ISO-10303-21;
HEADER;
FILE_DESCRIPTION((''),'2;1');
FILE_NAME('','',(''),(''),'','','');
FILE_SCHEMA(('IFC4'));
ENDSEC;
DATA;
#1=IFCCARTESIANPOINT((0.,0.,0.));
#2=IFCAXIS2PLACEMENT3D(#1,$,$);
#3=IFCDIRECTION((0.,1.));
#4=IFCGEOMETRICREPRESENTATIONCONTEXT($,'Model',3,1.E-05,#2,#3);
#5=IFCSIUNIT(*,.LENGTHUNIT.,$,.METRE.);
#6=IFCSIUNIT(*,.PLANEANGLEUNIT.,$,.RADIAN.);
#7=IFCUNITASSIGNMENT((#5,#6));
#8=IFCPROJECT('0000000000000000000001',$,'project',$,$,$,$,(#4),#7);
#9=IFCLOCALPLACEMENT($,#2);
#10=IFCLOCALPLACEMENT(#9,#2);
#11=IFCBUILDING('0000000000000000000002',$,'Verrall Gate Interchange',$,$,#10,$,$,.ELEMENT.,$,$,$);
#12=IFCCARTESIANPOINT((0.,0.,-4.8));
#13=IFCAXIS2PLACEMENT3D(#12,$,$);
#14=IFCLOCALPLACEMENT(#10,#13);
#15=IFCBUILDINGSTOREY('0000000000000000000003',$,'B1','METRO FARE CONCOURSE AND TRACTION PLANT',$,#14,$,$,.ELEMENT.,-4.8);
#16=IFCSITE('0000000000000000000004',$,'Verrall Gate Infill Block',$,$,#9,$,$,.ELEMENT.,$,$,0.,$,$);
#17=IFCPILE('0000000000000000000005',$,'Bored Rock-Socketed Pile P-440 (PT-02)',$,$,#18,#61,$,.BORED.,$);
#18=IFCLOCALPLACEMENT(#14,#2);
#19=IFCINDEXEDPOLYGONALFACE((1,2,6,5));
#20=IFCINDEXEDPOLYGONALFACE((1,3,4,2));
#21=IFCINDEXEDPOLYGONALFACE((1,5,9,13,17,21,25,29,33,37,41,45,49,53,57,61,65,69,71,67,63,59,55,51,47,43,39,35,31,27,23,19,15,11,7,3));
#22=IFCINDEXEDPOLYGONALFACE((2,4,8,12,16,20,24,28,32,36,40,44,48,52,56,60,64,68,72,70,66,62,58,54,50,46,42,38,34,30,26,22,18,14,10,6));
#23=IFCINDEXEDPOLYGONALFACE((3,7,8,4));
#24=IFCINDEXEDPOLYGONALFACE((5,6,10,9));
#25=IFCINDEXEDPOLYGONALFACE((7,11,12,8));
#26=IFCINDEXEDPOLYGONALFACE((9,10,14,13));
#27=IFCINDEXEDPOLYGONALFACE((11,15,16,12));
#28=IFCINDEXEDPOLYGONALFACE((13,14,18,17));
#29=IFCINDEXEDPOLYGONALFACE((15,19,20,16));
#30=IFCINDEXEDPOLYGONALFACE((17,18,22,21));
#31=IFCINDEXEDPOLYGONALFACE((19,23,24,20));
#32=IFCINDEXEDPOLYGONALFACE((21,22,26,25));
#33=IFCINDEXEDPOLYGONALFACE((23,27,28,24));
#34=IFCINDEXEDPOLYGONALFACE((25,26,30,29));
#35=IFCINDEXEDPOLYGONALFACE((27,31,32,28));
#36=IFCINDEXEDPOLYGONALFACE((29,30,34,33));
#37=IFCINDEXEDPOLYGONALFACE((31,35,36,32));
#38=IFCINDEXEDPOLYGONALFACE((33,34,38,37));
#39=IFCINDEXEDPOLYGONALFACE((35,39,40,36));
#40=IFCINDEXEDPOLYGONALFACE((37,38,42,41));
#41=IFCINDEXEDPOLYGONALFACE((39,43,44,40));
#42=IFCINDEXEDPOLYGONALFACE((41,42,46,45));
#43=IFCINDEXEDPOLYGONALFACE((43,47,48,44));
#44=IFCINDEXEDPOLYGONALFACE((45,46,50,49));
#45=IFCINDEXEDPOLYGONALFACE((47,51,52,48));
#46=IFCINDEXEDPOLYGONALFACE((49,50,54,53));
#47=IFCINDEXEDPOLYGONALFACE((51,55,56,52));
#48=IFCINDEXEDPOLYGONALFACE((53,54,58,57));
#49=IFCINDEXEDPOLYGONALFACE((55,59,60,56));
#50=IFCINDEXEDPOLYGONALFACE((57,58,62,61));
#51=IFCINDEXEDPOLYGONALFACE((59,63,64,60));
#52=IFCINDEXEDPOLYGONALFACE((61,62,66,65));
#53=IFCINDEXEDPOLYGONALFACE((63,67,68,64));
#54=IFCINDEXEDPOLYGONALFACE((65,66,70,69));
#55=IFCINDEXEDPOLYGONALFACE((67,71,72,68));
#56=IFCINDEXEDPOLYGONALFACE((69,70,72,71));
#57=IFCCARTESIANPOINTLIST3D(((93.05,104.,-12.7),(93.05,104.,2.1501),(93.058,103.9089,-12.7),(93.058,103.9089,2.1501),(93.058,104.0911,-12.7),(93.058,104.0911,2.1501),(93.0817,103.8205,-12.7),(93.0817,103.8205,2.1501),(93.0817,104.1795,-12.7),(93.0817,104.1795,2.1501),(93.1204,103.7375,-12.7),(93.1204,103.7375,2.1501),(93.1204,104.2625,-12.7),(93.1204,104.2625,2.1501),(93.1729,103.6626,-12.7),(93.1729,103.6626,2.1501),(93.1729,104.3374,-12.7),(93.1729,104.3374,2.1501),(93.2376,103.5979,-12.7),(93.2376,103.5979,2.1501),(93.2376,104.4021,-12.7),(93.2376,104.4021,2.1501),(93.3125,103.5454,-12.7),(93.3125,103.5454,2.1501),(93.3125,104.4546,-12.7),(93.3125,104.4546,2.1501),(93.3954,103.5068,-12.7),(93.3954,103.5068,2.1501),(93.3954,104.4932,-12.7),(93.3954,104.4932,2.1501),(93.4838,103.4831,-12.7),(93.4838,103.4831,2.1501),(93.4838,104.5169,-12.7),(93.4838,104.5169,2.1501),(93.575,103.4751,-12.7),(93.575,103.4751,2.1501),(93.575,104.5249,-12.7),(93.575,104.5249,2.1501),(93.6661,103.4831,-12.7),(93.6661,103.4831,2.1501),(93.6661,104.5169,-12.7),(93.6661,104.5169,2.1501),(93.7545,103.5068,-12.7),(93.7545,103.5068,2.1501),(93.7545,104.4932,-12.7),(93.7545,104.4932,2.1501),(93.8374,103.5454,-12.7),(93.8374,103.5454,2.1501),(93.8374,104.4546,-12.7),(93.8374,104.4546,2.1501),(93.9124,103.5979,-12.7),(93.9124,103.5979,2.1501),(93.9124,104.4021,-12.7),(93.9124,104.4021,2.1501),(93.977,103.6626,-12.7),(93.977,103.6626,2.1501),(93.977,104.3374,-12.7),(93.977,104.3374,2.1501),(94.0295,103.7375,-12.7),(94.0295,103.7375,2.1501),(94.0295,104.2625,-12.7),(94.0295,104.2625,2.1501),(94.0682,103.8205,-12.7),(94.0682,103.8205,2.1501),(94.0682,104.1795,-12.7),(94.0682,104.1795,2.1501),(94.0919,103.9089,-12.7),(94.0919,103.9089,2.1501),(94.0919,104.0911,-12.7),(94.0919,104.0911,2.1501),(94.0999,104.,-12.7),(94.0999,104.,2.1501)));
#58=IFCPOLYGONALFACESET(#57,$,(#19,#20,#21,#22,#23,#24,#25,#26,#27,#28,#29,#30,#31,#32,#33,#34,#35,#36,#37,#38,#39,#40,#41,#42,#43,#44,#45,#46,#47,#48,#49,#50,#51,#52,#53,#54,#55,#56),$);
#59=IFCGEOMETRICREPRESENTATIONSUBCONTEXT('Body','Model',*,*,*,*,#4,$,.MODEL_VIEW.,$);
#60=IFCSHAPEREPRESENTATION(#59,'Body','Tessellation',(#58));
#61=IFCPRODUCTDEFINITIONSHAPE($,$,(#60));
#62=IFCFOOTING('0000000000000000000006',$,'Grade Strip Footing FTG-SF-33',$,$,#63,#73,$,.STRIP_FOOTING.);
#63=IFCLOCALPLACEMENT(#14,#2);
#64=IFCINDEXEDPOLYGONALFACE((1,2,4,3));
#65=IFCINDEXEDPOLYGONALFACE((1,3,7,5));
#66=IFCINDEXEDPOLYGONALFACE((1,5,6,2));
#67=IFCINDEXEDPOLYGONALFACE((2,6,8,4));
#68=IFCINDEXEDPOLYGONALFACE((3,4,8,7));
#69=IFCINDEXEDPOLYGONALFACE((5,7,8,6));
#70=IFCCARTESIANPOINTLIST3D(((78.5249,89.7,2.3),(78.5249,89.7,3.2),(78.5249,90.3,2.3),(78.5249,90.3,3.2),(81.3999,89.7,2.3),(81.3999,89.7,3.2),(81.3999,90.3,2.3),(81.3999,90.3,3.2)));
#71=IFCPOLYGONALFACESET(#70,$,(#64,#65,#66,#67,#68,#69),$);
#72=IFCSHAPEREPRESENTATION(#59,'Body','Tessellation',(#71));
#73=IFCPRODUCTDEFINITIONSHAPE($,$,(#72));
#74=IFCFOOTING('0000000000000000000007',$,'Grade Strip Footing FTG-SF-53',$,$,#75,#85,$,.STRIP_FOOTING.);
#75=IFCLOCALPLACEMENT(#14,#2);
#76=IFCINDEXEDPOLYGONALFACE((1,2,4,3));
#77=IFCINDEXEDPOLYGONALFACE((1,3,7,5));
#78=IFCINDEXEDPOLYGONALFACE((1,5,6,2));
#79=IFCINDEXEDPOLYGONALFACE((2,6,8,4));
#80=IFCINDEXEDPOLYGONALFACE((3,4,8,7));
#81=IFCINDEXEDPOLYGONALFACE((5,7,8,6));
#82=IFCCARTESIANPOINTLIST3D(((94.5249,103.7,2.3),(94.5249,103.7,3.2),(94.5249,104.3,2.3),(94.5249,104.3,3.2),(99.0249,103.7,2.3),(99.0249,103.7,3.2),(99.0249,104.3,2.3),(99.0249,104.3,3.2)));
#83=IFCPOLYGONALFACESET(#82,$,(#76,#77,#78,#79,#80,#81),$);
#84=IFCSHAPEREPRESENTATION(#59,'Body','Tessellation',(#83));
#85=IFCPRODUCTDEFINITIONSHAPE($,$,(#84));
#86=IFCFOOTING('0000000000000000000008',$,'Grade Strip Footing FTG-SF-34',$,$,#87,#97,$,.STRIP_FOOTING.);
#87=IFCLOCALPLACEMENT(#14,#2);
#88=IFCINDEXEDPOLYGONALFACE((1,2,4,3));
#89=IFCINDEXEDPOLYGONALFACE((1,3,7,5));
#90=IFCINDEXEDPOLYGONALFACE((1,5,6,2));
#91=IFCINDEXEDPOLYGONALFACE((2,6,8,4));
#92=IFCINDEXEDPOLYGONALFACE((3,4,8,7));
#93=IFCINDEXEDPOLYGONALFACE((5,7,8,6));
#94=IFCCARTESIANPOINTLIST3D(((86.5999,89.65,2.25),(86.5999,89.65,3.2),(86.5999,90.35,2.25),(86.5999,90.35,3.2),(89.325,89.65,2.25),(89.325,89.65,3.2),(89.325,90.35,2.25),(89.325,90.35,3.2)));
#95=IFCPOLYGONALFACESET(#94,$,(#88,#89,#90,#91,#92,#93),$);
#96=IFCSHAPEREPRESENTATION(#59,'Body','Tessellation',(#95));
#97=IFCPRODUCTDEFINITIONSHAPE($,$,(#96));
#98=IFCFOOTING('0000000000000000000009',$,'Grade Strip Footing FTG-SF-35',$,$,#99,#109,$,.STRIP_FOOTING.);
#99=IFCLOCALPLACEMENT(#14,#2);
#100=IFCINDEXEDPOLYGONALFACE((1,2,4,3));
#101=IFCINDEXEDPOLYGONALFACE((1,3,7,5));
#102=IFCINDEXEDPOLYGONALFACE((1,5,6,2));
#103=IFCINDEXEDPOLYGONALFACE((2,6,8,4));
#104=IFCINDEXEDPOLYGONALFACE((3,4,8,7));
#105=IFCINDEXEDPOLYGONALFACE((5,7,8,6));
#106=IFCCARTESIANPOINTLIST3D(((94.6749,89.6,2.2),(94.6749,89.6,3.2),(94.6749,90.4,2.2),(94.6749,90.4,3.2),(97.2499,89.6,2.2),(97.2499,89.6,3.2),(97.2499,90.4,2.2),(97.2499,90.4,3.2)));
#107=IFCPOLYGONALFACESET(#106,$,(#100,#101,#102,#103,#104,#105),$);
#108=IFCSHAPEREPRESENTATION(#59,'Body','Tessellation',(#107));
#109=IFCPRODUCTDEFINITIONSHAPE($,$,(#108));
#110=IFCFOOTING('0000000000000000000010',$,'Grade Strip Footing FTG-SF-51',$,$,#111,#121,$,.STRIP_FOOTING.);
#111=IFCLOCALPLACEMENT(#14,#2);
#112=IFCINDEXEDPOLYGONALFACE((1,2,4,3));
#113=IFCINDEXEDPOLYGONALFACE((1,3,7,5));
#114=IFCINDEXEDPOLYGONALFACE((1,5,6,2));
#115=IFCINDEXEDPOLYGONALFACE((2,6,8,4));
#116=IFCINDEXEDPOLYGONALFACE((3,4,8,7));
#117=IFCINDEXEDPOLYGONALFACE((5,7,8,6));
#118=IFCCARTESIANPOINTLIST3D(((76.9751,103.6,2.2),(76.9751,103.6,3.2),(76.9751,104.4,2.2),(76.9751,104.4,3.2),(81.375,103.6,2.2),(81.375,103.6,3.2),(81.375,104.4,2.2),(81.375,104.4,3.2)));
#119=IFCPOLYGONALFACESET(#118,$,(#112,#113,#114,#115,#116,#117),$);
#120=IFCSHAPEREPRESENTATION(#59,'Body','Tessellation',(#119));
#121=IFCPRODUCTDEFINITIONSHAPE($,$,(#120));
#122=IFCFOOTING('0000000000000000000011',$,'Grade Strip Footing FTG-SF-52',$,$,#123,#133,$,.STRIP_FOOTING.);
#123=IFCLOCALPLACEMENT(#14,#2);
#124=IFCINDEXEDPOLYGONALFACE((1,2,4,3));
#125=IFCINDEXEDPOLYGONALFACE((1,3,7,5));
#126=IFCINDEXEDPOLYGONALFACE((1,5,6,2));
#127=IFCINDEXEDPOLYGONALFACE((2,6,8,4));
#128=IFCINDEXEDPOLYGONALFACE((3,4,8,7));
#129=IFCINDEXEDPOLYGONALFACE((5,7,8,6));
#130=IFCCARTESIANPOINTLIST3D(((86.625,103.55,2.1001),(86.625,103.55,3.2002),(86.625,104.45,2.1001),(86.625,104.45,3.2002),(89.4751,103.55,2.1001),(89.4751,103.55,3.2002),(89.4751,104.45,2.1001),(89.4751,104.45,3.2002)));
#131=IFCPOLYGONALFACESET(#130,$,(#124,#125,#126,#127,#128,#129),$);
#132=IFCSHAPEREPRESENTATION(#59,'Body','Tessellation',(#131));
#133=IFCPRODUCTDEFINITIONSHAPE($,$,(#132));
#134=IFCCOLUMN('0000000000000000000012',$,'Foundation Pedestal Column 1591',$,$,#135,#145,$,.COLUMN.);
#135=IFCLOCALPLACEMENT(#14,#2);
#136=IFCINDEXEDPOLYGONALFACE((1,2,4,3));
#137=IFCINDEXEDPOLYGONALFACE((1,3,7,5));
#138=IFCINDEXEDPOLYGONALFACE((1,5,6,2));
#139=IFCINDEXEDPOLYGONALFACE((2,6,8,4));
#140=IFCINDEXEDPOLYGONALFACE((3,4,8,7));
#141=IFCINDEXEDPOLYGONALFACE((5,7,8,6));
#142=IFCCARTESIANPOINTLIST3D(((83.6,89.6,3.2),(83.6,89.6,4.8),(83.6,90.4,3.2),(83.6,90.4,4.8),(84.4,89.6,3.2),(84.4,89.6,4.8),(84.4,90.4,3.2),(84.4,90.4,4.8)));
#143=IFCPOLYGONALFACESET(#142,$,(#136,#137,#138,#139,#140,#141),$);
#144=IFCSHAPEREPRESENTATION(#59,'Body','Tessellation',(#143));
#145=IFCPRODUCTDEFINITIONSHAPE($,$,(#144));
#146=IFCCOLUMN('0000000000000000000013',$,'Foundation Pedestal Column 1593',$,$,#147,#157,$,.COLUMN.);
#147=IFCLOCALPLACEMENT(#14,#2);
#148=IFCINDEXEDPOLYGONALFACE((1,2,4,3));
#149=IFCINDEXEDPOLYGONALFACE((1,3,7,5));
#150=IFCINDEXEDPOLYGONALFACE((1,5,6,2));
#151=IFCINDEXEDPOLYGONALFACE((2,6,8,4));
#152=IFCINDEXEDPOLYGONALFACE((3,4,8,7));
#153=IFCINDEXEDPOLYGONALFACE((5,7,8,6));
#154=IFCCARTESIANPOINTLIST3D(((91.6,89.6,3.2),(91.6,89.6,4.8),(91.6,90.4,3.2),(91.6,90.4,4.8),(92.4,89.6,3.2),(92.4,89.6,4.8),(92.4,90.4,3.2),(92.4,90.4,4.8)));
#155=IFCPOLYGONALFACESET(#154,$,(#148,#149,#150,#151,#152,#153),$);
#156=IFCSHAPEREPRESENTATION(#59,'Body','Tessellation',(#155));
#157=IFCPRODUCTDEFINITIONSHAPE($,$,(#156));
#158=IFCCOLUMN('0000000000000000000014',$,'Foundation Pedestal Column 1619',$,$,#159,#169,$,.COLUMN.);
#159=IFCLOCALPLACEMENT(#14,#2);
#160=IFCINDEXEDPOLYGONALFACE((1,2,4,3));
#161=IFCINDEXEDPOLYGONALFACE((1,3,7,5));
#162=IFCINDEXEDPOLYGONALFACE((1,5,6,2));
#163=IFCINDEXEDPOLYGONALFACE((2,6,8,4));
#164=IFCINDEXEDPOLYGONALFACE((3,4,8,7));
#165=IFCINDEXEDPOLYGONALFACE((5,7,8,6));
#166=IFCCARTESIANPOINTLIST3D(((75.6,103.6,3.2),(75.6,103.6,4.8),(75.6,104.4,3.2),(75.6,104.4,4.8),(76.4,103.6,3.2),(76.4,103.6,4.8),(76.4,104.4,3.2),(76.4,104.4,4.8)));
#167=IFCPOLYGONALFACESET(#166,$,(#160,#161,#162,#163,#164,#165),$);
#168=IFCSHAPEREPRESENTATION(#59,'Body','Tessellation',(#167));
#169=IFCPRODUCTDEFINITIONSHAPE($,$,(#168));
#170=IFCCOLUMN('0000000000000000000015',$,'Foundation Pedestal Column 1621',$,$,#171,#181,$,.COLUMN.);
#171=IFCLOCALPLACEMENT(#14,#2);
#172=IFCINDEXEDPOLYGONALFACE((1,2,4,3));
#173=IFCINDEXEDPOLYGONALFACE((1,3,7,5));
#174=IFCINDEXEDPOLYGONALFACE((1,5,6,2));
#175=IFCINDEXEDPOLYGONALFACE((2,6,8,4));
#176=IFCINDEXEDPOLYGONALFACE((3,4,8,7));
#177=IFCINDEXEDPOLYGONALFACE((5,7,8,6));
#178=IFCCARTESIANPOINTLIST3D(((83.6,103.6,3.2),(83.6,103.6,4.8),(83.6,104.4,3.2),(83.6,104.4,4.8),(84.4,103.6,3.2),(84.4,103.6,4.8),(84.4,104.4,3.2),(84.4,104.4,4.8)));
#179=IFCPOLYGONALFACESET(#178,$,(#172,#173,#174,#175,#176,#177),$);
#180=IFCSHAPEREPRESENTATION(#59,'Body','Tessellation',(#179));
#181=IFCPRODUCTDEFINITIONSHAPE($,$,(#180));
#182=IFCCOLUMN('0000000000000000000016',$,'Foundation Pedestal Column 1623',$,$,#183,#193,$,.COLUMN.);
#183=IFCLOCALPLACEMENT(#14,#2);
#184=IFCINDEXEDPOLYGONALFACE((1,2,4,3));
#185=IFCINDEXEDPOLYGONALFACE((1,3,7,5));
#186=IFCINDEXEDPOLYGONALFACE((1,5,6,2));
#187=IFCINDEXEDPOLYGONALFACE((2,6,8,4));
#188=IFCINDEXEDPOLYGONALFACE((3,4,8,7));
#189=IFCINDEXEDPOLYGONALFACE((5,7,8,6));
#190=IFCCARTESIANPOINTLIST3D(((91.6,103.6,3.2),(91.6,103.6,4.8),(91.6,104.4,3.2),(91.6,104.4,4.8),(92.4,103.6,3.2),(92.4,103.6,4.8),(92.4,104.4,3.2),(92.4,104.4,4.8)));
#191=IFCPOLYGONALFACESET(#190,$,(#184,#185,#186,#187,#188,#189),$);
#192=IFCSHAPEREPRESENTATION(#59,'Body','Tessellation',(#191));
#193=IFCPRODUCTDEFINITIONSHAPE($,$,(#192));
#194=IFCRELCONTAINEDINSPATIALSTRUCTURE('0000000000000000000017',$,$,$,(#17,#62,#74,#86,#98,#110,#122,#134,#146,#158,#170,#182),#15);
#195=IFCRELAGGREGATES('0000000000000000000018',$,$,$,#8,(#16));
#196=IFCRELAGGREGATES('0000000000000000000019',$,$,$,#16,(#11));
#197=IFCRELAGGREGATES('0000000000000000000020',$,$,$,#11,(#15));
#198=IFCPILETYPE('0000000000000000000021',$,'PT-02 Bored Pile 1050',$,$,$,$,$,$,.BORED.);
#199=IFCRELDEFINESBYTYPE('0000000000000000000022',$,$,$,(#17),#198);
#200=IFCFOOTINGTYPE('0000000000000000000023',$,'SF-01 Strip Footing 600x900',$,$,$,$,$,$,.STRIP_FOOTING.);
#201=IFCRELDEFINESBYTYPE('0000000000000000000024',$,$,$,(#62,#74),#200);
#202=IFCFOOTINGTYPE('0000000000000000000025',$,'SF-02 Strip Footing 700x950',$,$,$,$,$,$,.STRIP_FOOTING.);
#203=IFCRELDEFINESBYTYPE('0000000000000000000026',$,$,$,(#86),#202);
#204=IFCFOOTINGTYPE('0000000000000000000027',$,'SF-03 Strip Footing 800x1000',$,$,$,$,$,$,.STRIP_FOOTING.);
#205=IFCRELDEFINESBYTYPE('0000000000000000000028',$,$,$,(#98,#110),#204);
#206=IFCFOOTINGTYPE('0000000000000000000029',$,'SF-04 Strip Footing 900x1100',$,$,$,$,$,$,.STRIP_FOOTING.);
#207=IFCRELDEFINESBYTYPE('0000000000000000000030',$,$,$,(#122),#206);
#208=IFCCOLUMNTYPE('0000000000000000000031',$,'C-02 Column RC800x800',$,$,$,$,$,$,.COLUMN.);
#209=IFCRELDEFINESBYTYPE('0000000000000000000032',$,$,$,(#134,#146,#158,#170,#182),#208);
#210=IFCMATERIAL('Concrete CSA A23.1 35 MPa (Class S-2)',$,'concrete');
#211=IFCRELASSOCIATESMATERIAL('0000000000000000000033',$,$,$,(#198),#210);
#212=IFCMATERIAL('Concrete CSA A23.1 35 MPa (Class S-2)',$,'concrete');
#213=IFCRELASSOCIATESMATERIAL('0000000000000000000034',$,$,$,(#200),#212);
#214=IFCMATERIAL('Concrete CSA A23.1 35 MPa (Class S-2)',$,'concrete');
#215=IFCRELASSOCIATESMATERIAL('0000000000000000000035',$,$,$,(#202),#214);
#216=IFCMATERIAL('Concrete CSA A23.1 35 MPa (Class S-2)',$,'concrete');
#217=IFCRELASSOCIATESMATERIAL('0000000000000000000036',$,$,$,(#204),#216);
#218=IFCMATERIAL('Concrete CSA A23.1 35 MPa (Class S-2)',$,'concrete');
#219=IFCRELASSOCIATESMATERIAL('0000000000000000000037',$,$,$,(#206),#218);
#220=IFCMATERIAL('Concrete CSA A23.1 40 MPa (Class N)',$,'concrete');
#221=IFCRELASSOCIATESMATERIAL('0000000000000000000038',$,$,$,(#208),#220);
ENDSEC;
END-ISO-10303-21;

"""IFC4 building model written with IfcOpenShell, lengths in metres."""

from ifc_helpers import new_model, si_unit, direction, frame, origin, origin_2d, place, context, subcontext, project, spatial, rectangle, circle, extrude, material, material_profile, profile_set, type_object, element, save


model = new_model("IFC4")

# Units and contexts
model_context = context("Model", 3, precision=1e-05, world=origin(), true_north=direction((0.0, 1.0)))
body_context = subcontext(model_context, "Body", "Model", "MODEL_VIEW")
ifc_project = project(units=[si_unit("LENGTHUNIT", "METRE"), si_unit("PLANEANGLEUNIT", "RADIAN")], contexts=[model_context])

# Site, building, storey
site_placement = place(None, origin())
site = spatial("IfcSite", under=ifc_project, at=site_placement, Name="Verrall Gate Infill Block", CompositionType="ELEMENT", RefElevation=0.0)
building_placement = place(site_placement, origin())
building = spatial("IfcBuilding", under=site, at=building_placement, Name="Verrall Gate Interchange", CompositionType="ELEMENT")
storey_placement = place(building_placement, frame((0.0, 0.0, -4.8)))
storey = spatial("IfcBuildingStorey", under=building, at=storey_placement, Name="B1", Description="METRO FARE CONCOURSE AND TRACTION PLANT", CompositionType="ELEMENT", Elevation=-4.8)

# Pile
ifc_material_1 = material(Name="Concrete CSA A23.1 35 MPa (Class S-2)", Category="concrete")
ifc_material_profile_1 = material_profile(ifc_material_1, circle(Radius=0.5249, at=origin_2d()), Name="PILE1050D")
ifc_profile_set_1 = profile_set([ifc_material_profile_1], Name="Concrete CSA A23.1 35 MPa (Class S-2)")
pile_type = type_object("IfcPileType", Name="PT-02 Bored Pile 1050", PredefinedType="BORED", material=ifc_profile_set_1)
for number, where, z_axis, x_axis, name in (
    (1, (93.575, 104.0, 2.1501), (0.0, 0.0, -1.0), (1.0, 0.0, 0.0), "Bored Rock-Socketed Pile P-440 (PT-02)"),
):
    element("IfcPile", number, at=place(storey_placement, frame(where, z_axis=z_axis, x_axis=x_axis)), inside=storey, type_object=pile_type, Name=name, PredefinedType="BORED", context=body_context, shape_type="SweptSolid", body=[
        extrude(circle(Radius=0.5249, at=origin_2d()), origin(), (0.0, 0.0, 1.0), 14.8501),
    ])

# Footings
ifc_material_2 = material(Name="Concrete CSA A23.1 35 MPa (Class S-2)", Category="concrete")
footing_type_1 = type_object("IfcFootingType", Name="SF-01 Strip Footing 600x900", PredefinedType="STRIP_FOOTING", material=ifc_material_2)
footing_1_placement = place(storey_placement, frame((79.9624, 90.0, 2.3), z_axis=(0.0, 0.0, 1.0), x_axis=(1.0, 0.0, 0.0)))
element("IfcFooting", 2, at=footing_1_placement, inside=storey, type_object=footing_type_1, Name="Grade Strip Footing FTG-SF-33", PredefinedType="STRIP_FOOTING", context=body_context, shape_type="SweptSolid", body=[
    extrude(rectangle(XDim=2.875, YDim=0.6001, at=origin_2d()), origin(), (0.0, 0.0, 1.0), 0.8999),
])
footing_2_placement = place(storey_placement, frame((96.7749, 104.0, 2.3), z_axis=(0.0, 0.0, 1.0), x_axis=(1.0, 0.0, 0.0)))
element("IfcFooting", 3, at=footing_2_placement, inside=storey, type_object=footing_type_1, Name="Grade Strip Footing FTG-SF-53", PredefinedType="STRIP_FOOTING", context=body_context, shape_type="SweptSolid", body=[
    extrude(rectangle(XDim=4.5, YDim=0.6001, at=origin_2d()), origin(), (0.0, 0.0, 1.0), 0.8999),
])
ifc_material_3 = material(Name="Concrete CSA A23.1 35 MPa (Class S-2)", Category="concrete")
footing_type_2 = type_object("IfcFootingType", Name="SF-02 Strip Footing 700x950", PredefinedType="STRIP_FOOTING", material=ifc_material_3)
footing_3_placement = place(storey_placement, frame((87.9624, 90.0, 2.25), z_axis=(0.0, 0.0, 1.0), x_axis=(1.0, 0.0, 0.0)))
element("IfcFooting", 4, at=footing_3_placement, inside=storey, type_object=footing_type_2, Name="Grade Strip Footing FTG-SF-34", PredefinedType="STRIP_FOOTING", context=body_context, shape_type="SweptSolid", body=[
    extrude(rectangle(XDim=2.7251, YDim=0.7, at=origin_2d()), origin(), (0.0, 0.0, 1.0), 0.95),
])
ifc_material_4 = material(Name="Concrete CSA A23.1 35 MPa (Class S-2)", Category="concrete")
footing_type_3 = type_object("IfcFootingType", Name="SF-03 Strip Footing 800x1000", PredefinedType="STRIP_FOOTING", material=ifc_material_4)
footing_4_placement = place(storey_placement, frame((95.9624, 90.0, 2.2), z_axis=(0.0, 0.0, 1.0), x_axis=(1.0, 0.0, 0.0)))
element("IfcFooting", 5, at=footing_4_placement, inside=storey, type_object=footing_type_3, Name="Grade Strip Footing FTG-SF-35", PredefinedType="STRIP_FOOTING", context=body_context, shape_type="SweptSolid", body=[
    extrude(rectangle(XDim=2.575, YDim=0.8, at=origin_2d()), origin(), (0.0, 0.0, 1.0), 1.0),
])
footing_5_placement = place(storey_placement, frame((79.175, 104.0, 2.2), z_axis=(0.0, 0.0, 1.0), x_axis=(1.0, 0.0, 0.0)))
element("IfcFooting", 6, at=footing_5_placement, inside=storey, type_object=footing_type_3, Name="Grade Strip Footing FTG-SF-51", PredefinedType="STRIP_FOOTING", context=body_context, shape_type="SweptSolid", body=[
    extrude(rectangle(XDim=4.3999, YDim=0.8, at=origin_2d()), origin(), (0.0, 0.0, 1.0), 1.0),
])
ifc_material_5 = material(Name="Concrete CSA A23.1 35 MPa (Class S-2)", Category="concrete")
footing_type_4 = type_object("IfcFootingType", Name="SF-04 Strip Footing 900x1100", PredefinedType="STRIP_FOOTING", material=ifc_material_5)
footing_6_placement = place(storey_placement, frame((88.05, 104.0, 2.1001), z_axis=(0.0, 0.0, 1.0), x_axis=(1.0, 0.0, 0.0)))
element("IfcFooting", 7, at=footing_6_placement, inside=storey, type_object=footing_type_4, Name="Grade Strip Footing FTG-SF-52", PredefinedType="STRIP_FOOTING", context=body_context, shape_type="SweptSolid", body=[
    extrude(rectangle(XDim=2.8501, YDim=0.8999, at=origin_2d()), origin(), (0.0, 0.0, 1.0), 1.1001),
])

# Columns
ifc_material_6 = material(Name="Concrete CSA A23.1 40 MPa (Class N)", Category="concrete")
ifc_material_profile_2 = material_profile(ifc_material_6, rectangle(XDim=0.8, YDim=0.8, at=origin_2d()), Name="RC800x800")
ifc_profile_set_2 = profile_set([ifc_material_profile_2], Name="Concrete CSA A23.1 40 MPa (Class N)")
column_type = type_object("IfcColumnType", Name="C-02 Column RC800x800", PredefinedType="COLUMN", material=ifc_profile_set_2)
for number, where, z_axis, x_axis, name in (
    (8, (84.0, 90.0, 3.2), (0.0, 0.0, 1.0), (1.0, 0.0, 0.0), "Foundation Pedestal Column 1591"),
    (9, (92.0, 90.0, 3.2), (0.0, 0.0, 1.0), (1.0, 0.0, 0.0), "Foundation Pedestal Column 1593"),
    (10, (76.0, 104.0, 3.2), (0.0, 0.0, 1.0), (1.0, 0.0, 0.0), "Foundation Pedestal Column 1619"),
    (11, (84.0, 104.0, 3.2), (0.0, 0.0, 1.0), (1.0, 0.0, 0.0), "Foundation Pedestal Column 1621"),
    (12, (92.0, 104.0, 3.2), (0.0, 0.0, 1.0), (1.0, 0.0, 0.0), "Foundation Pedestal Column 1623"),
):
    element("IfcColumn", number, at=place(storey_placement, frame(where, z_axis=z_axis, x_axis=x_axis)), inside=storey, type_object=column_type, Name=name, PredefinedType="COLUMN", context=body_context, shape_type="SweptSolid", body=[
        extrude(rectangle(XDim=0.8, YDim=0.8, at=origin_2d()), origin(), (0.0, 0.0, 1.0), 1.6001),
    ])

save(model, "model.ifc")
